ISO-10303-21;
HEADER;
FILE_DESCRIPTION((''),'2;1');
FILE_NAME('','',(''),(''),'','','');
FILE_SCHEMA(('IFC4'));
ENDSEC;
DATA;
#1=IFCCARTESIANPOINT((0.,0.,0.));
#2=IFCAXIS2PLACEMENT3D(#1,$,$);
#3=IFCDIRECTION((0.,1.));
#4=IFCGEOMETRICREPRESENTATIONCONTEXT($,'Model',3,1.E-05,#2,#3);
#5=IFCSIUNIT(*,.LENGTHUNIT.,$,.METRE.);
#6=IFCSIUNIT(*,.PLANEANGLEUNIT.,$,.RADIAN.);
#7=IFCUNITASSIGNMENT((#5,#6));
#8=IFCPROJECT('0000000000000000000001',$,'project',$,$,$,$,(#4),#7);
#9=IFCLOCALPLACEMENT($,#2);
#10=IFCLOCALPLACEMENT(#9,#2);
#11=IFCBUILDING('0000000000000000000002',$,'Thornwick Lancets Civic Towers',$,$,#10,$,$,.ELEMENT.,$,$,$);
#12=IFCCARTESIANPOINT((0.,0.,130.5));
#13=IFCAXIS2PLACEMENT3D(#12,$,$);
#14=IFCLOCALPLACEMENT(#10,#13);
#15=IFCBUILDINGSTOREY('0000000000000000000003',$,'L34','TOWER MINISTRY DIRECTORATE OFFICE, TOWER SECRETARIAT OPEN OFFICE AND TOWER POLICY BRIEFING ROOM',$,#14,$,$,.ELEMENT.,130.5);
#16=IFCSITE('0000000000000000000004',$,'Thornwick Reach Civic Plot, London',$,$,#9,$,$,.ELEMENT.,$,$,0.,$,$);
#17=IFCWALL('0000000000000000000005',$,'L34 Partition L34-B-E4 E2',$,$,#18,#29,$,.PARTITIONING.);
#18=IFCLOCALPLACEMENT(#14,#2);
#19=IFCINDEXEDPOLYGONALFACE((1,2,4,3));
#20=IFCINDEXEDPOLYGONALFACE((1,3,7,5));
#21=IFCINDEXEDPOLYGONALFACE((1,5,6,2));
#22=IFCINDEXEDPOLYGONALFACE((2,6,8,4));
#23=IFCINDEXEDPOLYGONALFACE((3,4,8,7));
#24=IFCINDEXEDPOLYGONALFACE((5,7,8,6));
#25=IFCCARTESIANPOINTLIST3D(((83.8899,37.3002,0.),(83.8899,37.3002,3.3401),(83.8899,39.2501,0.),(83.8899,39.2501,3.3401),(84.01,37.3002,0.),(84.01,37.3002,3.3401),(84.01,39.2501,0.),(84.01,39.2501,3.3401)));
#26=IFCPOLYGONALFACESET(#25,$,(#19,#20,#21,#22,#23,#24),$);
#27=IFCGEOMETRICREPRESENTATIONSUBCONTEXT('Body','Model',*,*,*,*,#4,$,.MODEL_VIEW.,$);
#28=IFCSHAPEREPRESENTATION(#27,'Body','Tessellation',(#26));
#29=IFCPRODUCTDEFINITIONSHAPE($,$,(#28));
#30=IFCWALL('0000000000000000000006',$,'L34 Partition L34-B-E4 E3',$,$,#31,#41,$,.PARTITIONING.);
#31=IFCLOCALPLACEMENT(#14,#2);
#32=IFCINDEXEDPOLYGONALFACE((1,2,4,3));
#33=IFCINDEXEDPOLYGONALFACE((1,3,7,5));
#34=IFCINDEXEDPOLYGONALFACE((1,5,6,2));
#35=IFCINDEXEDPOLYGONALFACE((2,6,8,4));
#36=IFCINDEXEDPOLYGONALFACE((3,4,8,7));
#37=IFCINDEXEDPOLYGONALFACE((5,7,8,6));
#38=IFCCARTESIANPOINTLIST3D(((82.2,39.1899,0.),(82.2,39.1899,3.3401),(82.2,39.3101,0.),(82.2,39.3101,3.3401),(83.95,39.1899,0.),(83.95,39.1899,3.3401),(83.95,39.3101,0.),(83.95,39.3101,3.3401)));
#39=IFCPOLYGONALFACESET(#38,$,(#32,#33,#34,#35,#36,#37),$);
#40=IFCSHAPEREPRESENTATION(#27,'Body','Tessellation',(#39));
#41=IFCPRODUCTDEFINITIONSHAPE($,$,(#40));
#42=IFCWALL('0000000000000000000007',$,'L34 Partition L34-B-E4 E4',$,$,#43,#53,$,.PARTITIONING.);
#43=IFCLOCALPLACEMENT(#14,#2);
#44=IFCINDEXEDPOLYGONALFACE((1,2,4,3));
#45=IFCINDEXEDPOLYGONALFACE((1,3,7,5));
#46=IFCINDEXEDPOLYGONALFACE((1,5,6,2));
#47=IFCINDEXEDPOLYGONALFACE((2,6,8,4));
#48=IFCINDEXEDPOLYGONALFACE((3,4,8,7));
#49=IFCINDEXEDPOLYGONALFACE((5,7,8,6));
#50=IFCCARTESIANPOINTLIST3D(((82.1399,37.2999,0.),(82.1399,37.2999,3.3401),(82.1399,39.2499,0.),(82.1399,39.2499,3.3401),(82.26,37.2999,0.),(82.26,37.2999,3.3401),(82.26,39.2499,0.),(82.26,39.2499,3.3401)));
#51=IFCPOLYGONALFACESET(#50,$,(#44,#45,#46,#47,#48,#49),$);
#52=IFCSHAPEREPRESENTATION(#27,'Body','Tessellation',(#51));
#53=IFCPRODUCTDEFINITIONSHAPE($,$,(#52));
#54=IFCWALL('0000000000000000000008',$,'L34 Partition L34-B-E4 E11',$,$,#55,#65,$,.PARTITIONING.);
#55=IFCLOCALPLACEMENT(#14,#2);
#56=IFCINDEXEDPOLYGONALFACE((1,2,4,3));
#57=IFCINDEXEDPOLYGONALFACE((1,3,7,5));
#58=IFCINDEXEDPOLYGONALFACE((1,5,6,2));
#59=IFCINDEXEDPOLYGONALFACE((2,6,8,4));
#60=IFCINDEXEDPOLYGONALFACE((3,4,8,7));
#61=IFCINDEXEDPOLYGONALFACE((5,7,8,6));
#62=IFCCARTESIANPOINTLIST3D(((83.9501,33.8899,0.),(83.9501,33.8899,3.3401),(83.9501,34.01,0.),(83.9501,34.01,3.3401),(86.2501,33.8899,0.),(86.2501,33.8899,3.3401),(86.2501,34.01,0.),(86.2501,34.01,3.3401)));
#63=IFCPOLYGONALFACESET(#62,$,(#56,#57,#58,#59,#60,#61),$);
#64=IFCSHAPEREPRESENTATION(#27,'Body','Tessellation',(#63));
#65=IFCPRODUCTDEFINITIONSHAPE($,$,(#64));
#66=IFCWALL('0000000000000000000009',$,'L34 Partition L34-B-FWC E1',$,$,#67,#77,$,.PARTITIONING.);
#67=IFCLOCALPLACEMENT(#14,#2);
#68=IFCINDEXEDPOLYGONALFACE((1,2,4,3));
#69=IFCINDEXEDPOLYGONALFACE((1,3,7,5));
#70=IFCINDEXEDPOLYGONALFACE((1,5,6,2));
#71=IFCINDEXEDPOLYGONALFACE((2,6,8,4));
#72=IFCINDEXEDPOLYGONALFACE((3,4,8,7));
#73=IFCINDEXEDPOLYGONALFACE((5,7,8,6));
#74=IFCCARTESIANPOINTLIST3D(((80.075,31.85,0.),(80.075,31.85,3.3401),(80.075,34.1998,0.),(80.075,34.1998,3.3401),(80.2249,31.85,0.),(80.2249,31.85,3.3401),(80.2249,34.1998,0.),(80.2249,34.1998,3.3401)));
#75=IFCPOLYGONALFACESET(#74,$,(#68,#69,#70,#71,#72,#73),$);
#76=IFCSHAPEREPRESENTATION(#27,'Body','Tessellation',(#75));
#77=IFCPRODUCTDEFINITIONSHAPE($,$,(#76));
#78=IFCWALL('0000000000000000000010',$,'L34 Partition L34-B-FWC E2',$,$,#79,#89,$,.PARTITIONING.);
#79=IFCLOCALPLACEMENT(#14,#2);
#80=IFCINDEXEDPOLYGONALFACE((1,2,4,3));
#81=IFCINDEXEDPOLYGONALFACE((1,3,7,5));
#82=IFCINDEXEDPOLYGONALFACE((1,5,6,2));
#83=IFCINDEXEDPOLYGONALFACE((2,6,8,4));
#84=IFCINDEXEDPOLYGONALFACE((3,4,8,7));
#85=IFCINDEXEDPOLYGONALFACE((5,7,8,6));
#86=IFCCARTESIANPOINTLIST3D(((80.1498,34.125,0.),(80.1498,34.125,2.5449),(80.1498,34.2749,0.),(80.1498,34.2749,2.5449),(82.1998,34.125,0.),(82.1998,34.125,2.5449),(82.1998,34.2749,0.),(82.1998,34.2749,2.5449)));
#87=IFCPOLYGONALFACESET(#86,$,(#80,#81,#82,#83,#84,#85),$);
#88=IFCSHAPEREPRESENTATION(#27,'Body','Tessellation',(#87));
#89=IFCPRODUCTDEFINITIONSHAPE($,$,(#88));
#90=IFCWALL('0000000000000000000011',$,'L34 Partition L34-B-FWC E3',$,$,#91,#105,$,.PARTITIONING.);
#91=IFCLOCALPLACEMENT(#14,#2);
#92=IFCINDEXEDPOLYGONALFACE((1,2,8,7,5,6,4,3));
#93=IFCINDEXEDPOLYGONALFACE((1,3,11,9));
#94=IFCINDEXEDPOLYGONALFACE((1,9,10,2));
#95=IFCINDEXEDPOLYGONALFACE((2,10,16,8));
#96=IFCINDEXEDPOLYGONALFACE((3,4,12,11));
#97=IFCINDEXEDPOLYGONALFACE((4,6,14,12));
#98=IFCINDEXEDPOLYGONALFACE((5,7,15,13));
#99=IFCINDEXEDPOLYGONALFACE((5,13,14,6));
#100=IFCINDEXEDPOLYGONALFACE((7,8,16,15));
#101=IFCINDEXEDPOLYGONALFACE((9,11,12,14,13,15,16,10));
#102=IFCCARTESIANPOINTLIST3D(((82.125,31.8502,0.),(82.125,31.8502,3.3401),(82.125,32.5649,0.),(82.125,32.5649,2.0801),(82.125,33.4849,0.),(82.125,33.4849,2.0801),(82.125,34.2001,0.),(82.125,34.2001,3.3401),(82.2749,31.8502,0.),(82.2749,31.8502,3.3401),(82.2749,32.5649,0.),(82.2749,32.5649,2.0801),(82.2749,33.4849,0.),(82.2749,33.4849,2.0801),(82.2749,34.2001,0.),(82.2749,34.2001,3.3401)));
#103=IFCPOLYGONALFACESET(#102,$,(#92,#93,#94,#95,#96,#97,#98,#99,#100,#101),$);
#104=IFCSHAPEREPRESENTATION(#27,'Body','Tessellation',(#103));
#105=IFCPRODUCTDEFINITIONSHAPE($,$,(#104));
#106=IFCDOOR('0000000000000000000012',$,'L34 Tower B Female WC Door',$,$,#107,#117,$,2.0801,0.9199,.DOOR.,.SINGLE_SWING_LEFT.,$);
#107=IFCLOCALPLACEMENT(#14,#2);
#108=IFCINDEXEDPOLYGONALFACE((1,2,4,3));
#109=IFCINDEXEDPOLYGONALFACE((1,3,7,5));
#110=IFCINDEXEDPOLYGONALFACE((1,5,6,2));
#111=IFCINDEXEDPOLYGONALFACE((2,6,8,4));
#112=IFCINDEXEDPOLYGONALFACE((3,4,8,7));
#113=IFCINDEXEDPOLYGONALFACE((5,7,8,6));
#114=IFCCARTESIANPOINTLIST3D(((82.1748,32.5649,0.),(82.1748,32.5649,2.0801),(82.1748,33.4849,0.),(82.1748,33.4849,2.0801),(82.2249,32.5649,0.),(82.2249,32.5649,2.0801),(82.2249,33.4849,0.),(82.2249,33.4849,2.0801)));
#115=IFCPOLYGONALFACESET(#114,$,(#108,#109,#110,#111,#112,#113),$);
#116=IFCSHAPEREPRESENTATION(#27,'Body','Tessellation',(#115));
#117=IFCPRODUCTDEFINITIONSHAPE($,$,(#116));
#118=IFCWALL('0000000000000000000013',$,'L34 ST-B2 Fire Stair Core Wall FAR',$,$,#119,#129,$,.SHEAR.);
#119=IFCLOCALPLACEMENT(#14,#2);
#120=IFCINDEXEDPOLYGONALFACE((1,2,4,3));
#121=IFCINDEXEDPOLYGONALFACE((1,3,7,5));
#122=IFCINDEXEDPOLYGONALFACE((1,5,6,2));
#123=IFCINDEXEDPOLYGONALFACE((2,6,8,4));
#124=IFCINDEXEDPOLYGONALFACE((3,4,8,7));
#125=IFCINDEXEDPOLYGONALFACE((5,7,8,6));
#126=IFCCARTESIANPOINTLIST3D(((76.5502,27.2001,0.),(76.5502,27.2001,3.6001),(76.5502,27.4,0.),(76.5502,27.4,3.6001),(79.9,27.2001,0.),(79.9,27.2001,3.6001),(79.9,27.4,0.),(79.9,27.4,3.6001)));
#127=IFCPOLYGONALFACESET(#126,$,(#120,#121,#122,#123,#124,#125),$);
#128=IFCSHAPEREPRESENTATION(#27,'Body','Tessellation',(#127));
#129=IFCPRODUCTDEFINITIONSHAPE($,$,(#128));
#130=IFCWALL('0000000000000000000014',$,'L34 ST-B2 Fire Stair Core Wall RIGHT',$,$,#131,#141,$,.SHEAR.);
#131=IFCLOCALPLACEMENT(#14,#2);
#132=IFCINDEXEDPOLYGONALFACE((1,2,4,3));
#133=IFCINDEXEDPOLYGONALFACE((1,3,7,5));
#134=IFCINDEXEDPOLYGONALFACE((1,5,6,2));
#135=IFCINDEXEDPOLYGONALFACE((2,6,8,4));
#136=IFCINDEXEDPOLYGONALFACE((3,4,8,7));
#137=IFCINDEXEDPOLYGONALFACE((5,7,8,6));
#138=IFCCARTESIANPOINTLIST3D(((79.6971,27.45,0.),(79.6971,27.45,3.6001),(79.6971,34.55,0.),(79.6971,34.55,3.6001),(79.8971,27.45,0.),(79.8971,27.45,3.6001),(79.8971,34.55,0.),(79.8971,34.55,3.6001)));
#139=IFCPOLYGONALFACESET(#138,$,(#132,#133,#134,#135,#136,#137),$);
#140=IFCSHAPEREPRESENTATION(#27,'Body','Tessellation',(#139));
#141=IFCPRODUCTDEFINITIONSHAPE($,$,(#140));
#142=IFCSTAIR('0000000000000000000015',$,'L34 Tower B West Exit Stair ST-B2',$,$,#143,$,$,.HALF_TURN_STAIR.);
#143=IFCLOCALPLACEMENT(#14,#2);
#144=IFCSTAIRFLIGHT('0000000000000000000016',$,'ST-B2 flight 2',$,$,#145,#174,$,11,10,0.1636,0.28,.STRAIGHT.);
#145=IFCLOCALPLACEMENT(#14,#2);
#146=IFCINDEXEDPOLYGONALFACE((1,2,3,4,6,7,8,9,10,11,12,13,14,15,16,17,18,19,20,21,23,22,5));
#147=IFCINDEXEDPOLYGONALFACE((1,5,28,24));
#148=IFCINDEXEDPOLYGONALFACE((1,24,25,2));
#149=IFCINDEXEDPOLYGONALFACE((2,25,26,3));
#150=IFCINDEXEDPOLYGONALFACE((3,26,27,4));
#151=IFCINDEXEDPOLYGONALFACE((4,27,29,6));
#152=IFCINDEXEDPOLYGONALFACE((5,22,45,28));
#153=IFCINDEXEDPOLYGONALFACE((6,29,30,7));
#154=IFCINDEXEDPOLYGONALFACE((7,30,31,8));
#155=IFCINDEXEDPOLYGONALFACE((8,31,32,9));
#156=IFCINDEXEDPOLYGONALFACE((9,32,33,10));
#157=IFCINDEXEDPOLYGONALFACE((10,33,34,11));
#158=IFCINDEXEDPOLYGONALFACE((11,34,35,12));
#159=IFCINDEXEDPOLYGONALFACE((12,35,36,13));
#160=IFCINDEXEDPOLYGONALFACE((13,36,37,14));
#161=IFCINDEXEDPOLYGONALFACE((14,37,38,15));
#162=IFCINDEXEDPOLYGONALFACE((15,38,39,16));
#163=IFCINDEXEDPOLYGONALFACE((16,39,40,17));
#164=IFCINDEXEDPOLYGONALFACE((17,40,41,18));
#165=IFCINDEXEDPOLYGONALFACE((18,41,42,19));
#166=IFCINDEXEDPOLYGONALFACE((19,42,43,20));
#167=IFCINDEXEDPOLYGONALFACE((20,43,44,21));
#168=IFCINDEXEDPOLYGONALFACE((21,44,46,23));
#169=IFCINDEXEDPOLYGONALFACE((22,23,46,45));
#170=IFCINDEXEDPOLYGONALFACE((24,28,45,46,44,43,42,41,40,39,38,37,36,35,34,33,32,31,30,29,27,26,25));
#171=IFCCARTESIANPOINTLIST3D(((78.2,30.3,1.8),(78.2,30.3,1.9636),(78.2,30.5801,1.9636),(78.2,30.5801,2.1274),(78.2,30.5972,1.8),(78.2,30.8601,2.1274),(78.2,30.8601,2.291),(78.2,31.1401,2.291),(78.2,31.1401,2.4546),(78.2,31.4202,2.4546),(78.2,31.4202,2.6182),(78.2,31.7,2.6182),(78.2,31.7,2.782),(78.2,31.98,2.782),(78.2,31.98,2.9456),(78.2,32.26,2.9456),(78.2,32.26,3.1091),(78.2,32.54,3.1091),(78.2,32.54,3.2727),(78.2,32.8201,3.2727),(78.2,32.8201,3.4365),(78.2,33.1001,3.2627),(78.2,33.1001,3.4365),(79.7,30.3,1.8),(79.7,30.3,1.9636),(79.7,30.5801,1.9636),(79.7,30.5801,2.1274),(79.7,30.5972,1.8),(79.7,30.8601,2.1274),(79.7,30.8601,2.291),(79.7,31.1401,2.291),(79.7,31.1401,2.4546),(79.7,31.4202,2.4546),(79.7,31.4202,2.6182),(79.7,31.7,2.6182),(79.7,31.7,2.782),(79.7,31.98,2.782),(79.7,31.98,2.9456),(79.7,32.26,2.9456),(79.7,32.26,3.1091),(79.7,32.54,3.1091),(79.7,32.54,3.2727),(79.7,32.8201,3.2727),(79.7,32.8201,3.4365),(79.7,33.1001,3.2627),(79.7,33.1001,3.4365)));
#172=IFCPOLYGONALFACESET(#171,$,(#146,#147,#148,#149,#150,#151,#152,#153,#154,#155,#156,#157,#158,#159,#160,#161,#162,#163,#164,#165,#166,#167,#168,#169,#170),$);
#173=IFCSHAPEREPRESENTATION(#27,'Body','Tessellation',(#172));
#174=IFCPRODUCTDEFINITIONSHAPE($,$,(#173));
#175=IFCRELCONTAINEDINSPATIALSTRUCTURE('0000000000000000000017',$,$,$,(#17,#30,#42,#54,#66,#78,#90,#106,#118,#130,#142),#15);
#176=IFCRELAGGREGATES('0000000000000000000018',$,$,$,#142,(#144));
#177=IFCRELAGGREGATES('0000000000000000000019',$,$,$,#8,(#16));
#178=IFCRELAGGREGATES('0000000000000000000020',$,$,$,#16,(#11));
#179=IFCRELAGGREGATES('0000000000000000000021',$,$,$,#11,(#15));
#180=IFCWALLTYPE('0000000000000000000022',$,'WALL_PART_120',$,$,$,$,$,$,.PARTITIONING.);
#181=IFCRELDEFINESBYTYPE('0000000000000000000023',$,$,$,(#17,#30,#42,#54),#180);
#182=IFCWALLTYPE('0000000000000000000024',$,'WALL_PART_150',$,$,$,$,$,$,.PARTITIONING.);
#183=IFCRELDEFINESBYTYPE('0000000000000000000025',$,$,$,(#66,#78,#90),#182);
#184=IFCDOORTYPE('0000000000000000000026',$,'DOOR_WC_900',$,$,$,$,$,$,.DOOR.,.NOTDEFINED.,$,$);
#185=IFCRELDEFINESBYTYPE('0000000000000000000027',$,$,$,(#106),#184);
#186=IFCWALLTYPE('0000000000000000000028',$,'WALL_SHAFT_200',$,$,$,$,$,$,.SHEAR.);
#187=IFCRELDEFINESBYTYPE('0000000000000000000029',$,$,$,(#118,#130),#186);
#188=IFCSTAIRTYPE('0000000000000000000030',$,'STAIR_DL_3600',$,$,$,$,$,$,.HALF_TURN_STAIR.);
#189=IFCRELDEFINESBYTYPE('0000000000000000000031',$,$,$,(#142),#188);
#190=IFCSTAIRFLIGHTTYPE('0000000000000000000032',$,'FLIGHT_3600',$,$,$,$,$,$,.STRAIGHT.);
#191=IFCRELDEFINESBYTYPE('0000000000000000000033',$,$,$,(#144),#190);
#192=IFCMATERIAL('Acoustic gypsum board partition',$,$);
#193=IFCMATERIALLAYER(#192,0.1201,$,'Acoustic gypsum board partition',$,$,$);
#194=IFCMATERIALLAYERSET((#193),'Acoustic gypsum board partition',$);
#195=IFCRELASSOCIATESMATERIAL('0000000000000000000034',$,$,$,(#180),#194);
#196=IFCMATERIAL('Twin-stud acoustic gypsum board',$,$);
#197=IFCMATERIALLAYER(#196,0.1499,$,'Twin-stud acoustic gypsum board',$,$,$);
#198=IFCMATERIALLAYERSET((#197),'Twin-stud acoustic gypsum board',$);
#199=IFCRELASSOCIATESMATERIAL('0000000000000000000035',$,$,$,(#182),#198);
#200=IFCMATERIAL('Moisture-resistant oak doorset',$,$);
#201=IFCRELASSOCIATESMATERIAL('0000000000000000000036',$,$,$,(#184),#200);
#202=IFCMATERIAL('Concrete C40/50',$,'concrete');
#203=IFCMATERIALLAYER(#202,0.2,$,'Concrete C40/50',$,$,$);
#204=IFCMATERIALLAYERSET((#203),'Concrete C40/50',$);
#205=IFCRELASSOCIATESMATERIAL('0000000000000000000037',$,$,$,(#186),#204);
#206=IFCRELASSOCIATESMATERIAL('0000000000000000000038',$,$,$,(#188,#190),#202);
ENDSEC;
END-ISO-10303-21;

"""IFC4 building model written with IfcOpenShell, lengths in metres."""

from ifc_helpers import new_model, si_unit, direction, frame, frame_2d, origin, place, context, subcontext, project, spatial, polyline, rectangle, outline, extrude, material, layer, layer_set, type_object, element, fill, aggregate, save


model = new_model("IFC4")

# Units and contexts
model_context = context("Model", 3, precision=1e-05, world=origin(), true_north=direction((0.0, 1.0)))
body_context = subcontext(model_context, "Body", "Model", "MODEL_VIEW")
ifc_project = project(units=[si_unit("LENGTHUNIT", "METRE"), si_unit("PLANEANGLEUNIT", "RADIAN")], contexts=[model_context])

# Site, building, storey
site_placement = place(None, origin())
site = spatial("IfcSite", under=ifc_project, at=site_placement, Name="Thornwick Reach Civic Plot, London", CompositionType="ELEMENT", RefElevation=0.0)
building_placement = place(site_placement, origin())
building = spatial("IfcBuilding", under=site, at=building_placement, Name="Thornwick Lancets Civic Towers", CompositionType="ELEMENT")
storey_placement = place(building_placement, frame((0.0, 0.0, 130.5)))
storey = spatial("IfcBuildingStorey", under=building, at=storey_placement, Name="L34", Description="TOWER MINISTRY DIRECTORATE OFFICE, TOWER SECRETARIAT OPEN OFFICE AND TOWER POLICY BRIEFING ROOM", CompositionType="ELEMENT", Elevation=130.5)

# Shared definitions
ifc_material_1 = material(Name="Acoustic gypsum board partition")
ifc_layer_1 = layer(ifc_material_1, 0.1201, Name="Acoustic gypsum board partition")
ifc_layer_set_1 = layer_set([ifc_layer_1], Name="Acoustic gypsum board partition")
wall_type_1 = type_object("IfcWallType", Name="WALL_PART_120", PredefinedType="PARTITIONING", material=ifc_layer_set_1)

# Walls
wall_1_placement = place(storey_placement, frame((83.95, 37.3, 0.0), z_axis=(0.0, 0.0, 1.0), x_axis=(0.0, 1.0, 0.0)))
element("IfcWall", 1, at=wall_1_placement, inside=storey, type_object=wall_type_1, Name="L34 Partition L34-B-E4 E2", PredefinedType="PARTITIONING", context=body_context, shape_type="SweptSolid", body=[
    extrude(rectangle(XDim=1.95, YDim=0.1201, at=frame_2d((0.9751, 0.0))), origin(), (0.0, 0.0, 1.0), 3.3401),
])
wall_2_placement = place(storey_placement, frame((83.95, 39.25, 0.0), z_axis=(0.0, 0.0, 1.0), x_axis=(-1.0, 0.0, 0.0)))
element("IfcWall", 2, at=wall_2_placement, inside=storey, type_object=wall_type_1, Name="L34 Partition L34-B-E4 E3", PredefinedType="PARTITIONING", context=body_context, shape_type="SweptSolid", body=[
    extrude(rectangle(XDim=1.75, YDim=0.1201, at=frame_2d((0.875, 0.0))), origin(), (0.0, 0.0, 1.0), 3.3401),
])
wall_3_placement = place(storey_placement, frame((82.2, 39.25, 0.0), z_axis=(0.0, 0.0, 1.0), x_axis=(0.0, -1.0, 0.0)))
element("IfcWall", 3, at=wall_3_placement, inside=storey, type_object=wall_type_1, Name="L34 Partition L34-B-E4 E4", PredefinedType="PARTITIONING", context=body_context, shape_type="SweptSolid", body=[
    extrude(rectangle(XDim=1.95, YDim=0.1201, at=frame_2d((0.9751, 0.0))), origin(), (0.0, 0.0, 1.0), 3.3401),
])
wall_4_placement = place(storey_placement, frame((86.25, 33.95, 0.0), z_axis=(0.0, 0.0, 1.0), x_axis=(-1.0, 0.0, 0.0)))
element("IfcWall", 4, at=wall_4_placement, inside=storey, type_object=wall_type_1, Name="L34 Partition L34-B-E4 E11", PredefinedType="PARTITIONING", context=body_context, shape_type="SweptSolid", body=[
    extrude(rectangle(XDim=2.3, YDim=0.1201, at=frame_2d((1.1499, 0.0))), origin(), (0.0, 0.0, 1.0), 3.3401),
])
ifc_material_2 = material(Name="Twin-stud acoustic gypsum board")
ifc_layer_2 = layer(ifc_material_2, 0.1499, Name="Twin-stud acoustic gypsum board")
ifc_layer_set_2 = layer_set([ifc_layer_2], Name="Twin-stud acoustic gypsum board")
wall_type_2 = type_object("IfcWallType", Name="WALL_PART_150", PredefinedType="PARTITIONING", material=ifc_layer_set_2)
wall_5_placement = place(storey_placement, frame((80.1499, 31.8501, 0.0), z_axis=(0.0, 0.0, 1.0), x_axis=(0.0, 1.0, 0.0)))
element("IfcWall", 5, at=wall_5_placement, inside=storey, type_object=wall_type_2, Name="L34 Partition L34-B-FWC E1", PredefinedType="PARTITIONING", context=body_context, shape_type="SweptSolid", body=[
    extrude(rectangle(XDim=2.3499, YDim=0.1499, at=frame_2d((1.1748, 0.0))), origin(), (0.0, 0.0, 1.0), 3.3401),
])
wall_6_placement = place(storey_placement, frame((80.1499, 34.2, 0.0), z_axis=(0.0, 0.0, 1.0), x_axis=(1.0, 0.0, 0.0)))
element("IfcWall", 6, at=wall_6_placement, inside=storey, type_object=wall_type_2, Name="L34 Partition L34-B-FWC E2", PredefinedType="PARTITIONING", context=body_context, shape_type="SweptSolid", body=[
    extrude(rectangle(XDim=2.05, YDim=0.1499, at=frame_2d((1.0249, 0.0))), origin(), (0.0, 0.0, 1.0), 2.5449),
])

# Wall, opening, door
wall_7_placement = place(storey_placement, frame((82.2, 34.2, 0.0), z_axis=(0.0, 0.0, 1.0), x_axis=(0.0, -1.0, 0.0)))
wall_7 = element("IfcWall", 7, at=wall_7_placement, inside=storey, type_object=wall_type_2, Name="L34 Partition L34-B-FWC E3", PredefinedType="PARTITIONING", context=body_context, shape_type="SweptSolid", body=[
    extrude(rectangle(XDim=2.3499, YDim=0.1499, at=frame_2d((1.1748, 0.0))), origin(), (0.0, 0.0, 1.0), 3.3401),
])
opening_1_placement = place(wall_7_placement, frame((0.7151, 0.0, 0.0)))
opening_1 = element("IfcOpeningElement", 8, at=opening_1_placement, cuts=wall_7, PredefinedType="OPENING", context=body_context, shape_type="SweptSolid", body=[
    extrude(rectangle(XDim=0.9199, YDim=2.0801, at=frame_2d((0.46, 1.04))), frame((0.0, 0.085, 0.0), z_axis=(0.0, -1.0, 0.0), x_axis=(1.0, 0.0, 0.0)), (0.0, 0.0, 1.0), 0.1699),
])
ifc_material_3 = material(Name="Moisture-resistant oak doorset")
door_type_1 = type_object("IfcDoorType", Name="DOOR_WC_900", OperationType="NOTDEFINED", PredefinedType="DOOR", material=ifc_material_3)
door_1_placement = place(opening_1_placement, origin())
door_1 = element("IfcDoor", 9, at=door_1_placement, inside=storey, type_object=door_type_1, Name="L34 Tower B Female WC Door", OperationType="SINGLE_SWING_LEFT", OverallHeight=2.0801, OverallWidth=0.9199, PredefinedType="DOOR", context=body_context, shape_type="SweptSolid", body=[
    extrude(rectangle(XDim=0.9199, YDim=2.0801, at=frame_2d((0.46, 1.04))), frame((0.0, 0.0249, 0.0), z_axis=(0.0, -1.0, 0.0), x_axis=(1.0, 0.0, 0.0)), (0.0, 0.0, 1.0), 0.05),
])
fill(opening_1, door_1)

# Walls
ifc_material_4 = material(Name="Concrete C40/50", Category="concrete")
ifc_layer_3 = layer(ifc_material_4, 0.2, Name="Concrete C40/50")
ifc_layer_set_3 = layer_set([ifc_layer_3], Name="Concrete C40/50")
wall_type_3 = type_object("IfcWallType", Name="WALL_SHAFT_200", PredefinedType="SHEAR", material=ifc_layer_set_3)
wall_8_placement = place(storey_placement, frame((79.8999, 27.3, 0.0), z_axis=(0.0, 0.0, 1.0), x_axis=(-1.0, 0.0, 0.0)))
element("IfcWall", 10, at=wall_8_placement, inside=storey, type_object=wall_type_3, Name="L34 ST-B2 Fire Stair Core Wall FAR", PredefinedType="SHEAR", context=body_context, shape_type="SweptSolid", body=[
    extrude(rectangle(XDim=3.3499, YDim=0.2, at=frame_2d((1.6748, 0.0))), origin(), (0.0, 0.0, 1.0), 3.6001),
])
wall_9_placement = place(storey_placement, frame((79.7971, 27.45, 0.0), z_axis=(0.0, 0.0, 1.0), x_axis=(0.0, 1.0, 0.0)))
element("IfcWall", 11, at=wall_9_placement, inside=storey, type_object=wall_type_3, Name="L34 ST-B2 Fire Stair Core Wall RIGHT", PredefinedType="SHEAR", context=body_context, shape_type="SweptSolid", body=[
    extrude(rectangle(XDim=7.1001, YDim=0.2, at=frame_2d((3.55, 0.0))), origin(), (0.0, 0.0, 1.0), 3.6001),
])

# Stair, stair flight
stair_type = type_object("IfcStairType", Name="STAIR_DL_3600", PredefinedType="HALF_TURN_STAIR", material=ifc_material_4)
stair_placement = place(storey_placement, origin())
stair = element("IfcStair", 12, at=stair_placement, inside=storey, type_object=stair_type, Name="L34 Tower B West Exit Stair ST-B2", PredefinedType="HALF_TURN_STAIR")
stair_flight_type = type_object("IfcStairFlightType", Name="FLIGHT_3600", PredefinedType="STRAIGHT", material=ifc_material_4)
stair_flight_placement = place(storey_placement, frame((78.95, 30.3, 1.8), z_axis=(0.0, 0.0, 1.0), x_axis=(0.0, 1.0, 0.0)))
stair_flight = element("IfcStairFlight", 13, at=stair_flight_placement, type_object=stair_flight_type, Name="ST-B2 flight 2", NumberOfRisers=11, NumberOfTreads=10, PredefinedType="STRAIGHT", RiserHeight=0.1636, TreadLength=0.28, context=body_context, shape_type="SweptSolid", body=[
    extrude(outline(polyline([(0.0, 0.0), (0.0, 0.1636), (0.28, 0.1636), (0.28, 0.3274), (0.5601, 0.3274), (0.5601, 0.491), (0.8401, 0.491), (0.8401, 0.6545), (1.1201, 0.6545), (1.1201, 0.8181), (1.3999, 0.8181), (1.3999, 0.9819), (1.6799, 0.9819), (1.6799, 1.1455), (1.96, 1.1455), (1.96, 1.3091), (2.24, 1.3091), (2.24, 1.4727), (2.52, 1.4727), (2.52, 1.6365), (2.8, 1.6365), (2.8, 1.8), (2.8, 1.4626), (0.2971, 0.0), (0.0, 0.0)])), frame((0.0, 0.75, 0.0), z_axis=(0.0, -1.0, 0.0), x_axis=(1.0, 0.0, 0.0)), (0.0, 0.0, 1.0), 1.5),
])
aggregate(stair, [stair_flight])

save(model, "model.ifc")
